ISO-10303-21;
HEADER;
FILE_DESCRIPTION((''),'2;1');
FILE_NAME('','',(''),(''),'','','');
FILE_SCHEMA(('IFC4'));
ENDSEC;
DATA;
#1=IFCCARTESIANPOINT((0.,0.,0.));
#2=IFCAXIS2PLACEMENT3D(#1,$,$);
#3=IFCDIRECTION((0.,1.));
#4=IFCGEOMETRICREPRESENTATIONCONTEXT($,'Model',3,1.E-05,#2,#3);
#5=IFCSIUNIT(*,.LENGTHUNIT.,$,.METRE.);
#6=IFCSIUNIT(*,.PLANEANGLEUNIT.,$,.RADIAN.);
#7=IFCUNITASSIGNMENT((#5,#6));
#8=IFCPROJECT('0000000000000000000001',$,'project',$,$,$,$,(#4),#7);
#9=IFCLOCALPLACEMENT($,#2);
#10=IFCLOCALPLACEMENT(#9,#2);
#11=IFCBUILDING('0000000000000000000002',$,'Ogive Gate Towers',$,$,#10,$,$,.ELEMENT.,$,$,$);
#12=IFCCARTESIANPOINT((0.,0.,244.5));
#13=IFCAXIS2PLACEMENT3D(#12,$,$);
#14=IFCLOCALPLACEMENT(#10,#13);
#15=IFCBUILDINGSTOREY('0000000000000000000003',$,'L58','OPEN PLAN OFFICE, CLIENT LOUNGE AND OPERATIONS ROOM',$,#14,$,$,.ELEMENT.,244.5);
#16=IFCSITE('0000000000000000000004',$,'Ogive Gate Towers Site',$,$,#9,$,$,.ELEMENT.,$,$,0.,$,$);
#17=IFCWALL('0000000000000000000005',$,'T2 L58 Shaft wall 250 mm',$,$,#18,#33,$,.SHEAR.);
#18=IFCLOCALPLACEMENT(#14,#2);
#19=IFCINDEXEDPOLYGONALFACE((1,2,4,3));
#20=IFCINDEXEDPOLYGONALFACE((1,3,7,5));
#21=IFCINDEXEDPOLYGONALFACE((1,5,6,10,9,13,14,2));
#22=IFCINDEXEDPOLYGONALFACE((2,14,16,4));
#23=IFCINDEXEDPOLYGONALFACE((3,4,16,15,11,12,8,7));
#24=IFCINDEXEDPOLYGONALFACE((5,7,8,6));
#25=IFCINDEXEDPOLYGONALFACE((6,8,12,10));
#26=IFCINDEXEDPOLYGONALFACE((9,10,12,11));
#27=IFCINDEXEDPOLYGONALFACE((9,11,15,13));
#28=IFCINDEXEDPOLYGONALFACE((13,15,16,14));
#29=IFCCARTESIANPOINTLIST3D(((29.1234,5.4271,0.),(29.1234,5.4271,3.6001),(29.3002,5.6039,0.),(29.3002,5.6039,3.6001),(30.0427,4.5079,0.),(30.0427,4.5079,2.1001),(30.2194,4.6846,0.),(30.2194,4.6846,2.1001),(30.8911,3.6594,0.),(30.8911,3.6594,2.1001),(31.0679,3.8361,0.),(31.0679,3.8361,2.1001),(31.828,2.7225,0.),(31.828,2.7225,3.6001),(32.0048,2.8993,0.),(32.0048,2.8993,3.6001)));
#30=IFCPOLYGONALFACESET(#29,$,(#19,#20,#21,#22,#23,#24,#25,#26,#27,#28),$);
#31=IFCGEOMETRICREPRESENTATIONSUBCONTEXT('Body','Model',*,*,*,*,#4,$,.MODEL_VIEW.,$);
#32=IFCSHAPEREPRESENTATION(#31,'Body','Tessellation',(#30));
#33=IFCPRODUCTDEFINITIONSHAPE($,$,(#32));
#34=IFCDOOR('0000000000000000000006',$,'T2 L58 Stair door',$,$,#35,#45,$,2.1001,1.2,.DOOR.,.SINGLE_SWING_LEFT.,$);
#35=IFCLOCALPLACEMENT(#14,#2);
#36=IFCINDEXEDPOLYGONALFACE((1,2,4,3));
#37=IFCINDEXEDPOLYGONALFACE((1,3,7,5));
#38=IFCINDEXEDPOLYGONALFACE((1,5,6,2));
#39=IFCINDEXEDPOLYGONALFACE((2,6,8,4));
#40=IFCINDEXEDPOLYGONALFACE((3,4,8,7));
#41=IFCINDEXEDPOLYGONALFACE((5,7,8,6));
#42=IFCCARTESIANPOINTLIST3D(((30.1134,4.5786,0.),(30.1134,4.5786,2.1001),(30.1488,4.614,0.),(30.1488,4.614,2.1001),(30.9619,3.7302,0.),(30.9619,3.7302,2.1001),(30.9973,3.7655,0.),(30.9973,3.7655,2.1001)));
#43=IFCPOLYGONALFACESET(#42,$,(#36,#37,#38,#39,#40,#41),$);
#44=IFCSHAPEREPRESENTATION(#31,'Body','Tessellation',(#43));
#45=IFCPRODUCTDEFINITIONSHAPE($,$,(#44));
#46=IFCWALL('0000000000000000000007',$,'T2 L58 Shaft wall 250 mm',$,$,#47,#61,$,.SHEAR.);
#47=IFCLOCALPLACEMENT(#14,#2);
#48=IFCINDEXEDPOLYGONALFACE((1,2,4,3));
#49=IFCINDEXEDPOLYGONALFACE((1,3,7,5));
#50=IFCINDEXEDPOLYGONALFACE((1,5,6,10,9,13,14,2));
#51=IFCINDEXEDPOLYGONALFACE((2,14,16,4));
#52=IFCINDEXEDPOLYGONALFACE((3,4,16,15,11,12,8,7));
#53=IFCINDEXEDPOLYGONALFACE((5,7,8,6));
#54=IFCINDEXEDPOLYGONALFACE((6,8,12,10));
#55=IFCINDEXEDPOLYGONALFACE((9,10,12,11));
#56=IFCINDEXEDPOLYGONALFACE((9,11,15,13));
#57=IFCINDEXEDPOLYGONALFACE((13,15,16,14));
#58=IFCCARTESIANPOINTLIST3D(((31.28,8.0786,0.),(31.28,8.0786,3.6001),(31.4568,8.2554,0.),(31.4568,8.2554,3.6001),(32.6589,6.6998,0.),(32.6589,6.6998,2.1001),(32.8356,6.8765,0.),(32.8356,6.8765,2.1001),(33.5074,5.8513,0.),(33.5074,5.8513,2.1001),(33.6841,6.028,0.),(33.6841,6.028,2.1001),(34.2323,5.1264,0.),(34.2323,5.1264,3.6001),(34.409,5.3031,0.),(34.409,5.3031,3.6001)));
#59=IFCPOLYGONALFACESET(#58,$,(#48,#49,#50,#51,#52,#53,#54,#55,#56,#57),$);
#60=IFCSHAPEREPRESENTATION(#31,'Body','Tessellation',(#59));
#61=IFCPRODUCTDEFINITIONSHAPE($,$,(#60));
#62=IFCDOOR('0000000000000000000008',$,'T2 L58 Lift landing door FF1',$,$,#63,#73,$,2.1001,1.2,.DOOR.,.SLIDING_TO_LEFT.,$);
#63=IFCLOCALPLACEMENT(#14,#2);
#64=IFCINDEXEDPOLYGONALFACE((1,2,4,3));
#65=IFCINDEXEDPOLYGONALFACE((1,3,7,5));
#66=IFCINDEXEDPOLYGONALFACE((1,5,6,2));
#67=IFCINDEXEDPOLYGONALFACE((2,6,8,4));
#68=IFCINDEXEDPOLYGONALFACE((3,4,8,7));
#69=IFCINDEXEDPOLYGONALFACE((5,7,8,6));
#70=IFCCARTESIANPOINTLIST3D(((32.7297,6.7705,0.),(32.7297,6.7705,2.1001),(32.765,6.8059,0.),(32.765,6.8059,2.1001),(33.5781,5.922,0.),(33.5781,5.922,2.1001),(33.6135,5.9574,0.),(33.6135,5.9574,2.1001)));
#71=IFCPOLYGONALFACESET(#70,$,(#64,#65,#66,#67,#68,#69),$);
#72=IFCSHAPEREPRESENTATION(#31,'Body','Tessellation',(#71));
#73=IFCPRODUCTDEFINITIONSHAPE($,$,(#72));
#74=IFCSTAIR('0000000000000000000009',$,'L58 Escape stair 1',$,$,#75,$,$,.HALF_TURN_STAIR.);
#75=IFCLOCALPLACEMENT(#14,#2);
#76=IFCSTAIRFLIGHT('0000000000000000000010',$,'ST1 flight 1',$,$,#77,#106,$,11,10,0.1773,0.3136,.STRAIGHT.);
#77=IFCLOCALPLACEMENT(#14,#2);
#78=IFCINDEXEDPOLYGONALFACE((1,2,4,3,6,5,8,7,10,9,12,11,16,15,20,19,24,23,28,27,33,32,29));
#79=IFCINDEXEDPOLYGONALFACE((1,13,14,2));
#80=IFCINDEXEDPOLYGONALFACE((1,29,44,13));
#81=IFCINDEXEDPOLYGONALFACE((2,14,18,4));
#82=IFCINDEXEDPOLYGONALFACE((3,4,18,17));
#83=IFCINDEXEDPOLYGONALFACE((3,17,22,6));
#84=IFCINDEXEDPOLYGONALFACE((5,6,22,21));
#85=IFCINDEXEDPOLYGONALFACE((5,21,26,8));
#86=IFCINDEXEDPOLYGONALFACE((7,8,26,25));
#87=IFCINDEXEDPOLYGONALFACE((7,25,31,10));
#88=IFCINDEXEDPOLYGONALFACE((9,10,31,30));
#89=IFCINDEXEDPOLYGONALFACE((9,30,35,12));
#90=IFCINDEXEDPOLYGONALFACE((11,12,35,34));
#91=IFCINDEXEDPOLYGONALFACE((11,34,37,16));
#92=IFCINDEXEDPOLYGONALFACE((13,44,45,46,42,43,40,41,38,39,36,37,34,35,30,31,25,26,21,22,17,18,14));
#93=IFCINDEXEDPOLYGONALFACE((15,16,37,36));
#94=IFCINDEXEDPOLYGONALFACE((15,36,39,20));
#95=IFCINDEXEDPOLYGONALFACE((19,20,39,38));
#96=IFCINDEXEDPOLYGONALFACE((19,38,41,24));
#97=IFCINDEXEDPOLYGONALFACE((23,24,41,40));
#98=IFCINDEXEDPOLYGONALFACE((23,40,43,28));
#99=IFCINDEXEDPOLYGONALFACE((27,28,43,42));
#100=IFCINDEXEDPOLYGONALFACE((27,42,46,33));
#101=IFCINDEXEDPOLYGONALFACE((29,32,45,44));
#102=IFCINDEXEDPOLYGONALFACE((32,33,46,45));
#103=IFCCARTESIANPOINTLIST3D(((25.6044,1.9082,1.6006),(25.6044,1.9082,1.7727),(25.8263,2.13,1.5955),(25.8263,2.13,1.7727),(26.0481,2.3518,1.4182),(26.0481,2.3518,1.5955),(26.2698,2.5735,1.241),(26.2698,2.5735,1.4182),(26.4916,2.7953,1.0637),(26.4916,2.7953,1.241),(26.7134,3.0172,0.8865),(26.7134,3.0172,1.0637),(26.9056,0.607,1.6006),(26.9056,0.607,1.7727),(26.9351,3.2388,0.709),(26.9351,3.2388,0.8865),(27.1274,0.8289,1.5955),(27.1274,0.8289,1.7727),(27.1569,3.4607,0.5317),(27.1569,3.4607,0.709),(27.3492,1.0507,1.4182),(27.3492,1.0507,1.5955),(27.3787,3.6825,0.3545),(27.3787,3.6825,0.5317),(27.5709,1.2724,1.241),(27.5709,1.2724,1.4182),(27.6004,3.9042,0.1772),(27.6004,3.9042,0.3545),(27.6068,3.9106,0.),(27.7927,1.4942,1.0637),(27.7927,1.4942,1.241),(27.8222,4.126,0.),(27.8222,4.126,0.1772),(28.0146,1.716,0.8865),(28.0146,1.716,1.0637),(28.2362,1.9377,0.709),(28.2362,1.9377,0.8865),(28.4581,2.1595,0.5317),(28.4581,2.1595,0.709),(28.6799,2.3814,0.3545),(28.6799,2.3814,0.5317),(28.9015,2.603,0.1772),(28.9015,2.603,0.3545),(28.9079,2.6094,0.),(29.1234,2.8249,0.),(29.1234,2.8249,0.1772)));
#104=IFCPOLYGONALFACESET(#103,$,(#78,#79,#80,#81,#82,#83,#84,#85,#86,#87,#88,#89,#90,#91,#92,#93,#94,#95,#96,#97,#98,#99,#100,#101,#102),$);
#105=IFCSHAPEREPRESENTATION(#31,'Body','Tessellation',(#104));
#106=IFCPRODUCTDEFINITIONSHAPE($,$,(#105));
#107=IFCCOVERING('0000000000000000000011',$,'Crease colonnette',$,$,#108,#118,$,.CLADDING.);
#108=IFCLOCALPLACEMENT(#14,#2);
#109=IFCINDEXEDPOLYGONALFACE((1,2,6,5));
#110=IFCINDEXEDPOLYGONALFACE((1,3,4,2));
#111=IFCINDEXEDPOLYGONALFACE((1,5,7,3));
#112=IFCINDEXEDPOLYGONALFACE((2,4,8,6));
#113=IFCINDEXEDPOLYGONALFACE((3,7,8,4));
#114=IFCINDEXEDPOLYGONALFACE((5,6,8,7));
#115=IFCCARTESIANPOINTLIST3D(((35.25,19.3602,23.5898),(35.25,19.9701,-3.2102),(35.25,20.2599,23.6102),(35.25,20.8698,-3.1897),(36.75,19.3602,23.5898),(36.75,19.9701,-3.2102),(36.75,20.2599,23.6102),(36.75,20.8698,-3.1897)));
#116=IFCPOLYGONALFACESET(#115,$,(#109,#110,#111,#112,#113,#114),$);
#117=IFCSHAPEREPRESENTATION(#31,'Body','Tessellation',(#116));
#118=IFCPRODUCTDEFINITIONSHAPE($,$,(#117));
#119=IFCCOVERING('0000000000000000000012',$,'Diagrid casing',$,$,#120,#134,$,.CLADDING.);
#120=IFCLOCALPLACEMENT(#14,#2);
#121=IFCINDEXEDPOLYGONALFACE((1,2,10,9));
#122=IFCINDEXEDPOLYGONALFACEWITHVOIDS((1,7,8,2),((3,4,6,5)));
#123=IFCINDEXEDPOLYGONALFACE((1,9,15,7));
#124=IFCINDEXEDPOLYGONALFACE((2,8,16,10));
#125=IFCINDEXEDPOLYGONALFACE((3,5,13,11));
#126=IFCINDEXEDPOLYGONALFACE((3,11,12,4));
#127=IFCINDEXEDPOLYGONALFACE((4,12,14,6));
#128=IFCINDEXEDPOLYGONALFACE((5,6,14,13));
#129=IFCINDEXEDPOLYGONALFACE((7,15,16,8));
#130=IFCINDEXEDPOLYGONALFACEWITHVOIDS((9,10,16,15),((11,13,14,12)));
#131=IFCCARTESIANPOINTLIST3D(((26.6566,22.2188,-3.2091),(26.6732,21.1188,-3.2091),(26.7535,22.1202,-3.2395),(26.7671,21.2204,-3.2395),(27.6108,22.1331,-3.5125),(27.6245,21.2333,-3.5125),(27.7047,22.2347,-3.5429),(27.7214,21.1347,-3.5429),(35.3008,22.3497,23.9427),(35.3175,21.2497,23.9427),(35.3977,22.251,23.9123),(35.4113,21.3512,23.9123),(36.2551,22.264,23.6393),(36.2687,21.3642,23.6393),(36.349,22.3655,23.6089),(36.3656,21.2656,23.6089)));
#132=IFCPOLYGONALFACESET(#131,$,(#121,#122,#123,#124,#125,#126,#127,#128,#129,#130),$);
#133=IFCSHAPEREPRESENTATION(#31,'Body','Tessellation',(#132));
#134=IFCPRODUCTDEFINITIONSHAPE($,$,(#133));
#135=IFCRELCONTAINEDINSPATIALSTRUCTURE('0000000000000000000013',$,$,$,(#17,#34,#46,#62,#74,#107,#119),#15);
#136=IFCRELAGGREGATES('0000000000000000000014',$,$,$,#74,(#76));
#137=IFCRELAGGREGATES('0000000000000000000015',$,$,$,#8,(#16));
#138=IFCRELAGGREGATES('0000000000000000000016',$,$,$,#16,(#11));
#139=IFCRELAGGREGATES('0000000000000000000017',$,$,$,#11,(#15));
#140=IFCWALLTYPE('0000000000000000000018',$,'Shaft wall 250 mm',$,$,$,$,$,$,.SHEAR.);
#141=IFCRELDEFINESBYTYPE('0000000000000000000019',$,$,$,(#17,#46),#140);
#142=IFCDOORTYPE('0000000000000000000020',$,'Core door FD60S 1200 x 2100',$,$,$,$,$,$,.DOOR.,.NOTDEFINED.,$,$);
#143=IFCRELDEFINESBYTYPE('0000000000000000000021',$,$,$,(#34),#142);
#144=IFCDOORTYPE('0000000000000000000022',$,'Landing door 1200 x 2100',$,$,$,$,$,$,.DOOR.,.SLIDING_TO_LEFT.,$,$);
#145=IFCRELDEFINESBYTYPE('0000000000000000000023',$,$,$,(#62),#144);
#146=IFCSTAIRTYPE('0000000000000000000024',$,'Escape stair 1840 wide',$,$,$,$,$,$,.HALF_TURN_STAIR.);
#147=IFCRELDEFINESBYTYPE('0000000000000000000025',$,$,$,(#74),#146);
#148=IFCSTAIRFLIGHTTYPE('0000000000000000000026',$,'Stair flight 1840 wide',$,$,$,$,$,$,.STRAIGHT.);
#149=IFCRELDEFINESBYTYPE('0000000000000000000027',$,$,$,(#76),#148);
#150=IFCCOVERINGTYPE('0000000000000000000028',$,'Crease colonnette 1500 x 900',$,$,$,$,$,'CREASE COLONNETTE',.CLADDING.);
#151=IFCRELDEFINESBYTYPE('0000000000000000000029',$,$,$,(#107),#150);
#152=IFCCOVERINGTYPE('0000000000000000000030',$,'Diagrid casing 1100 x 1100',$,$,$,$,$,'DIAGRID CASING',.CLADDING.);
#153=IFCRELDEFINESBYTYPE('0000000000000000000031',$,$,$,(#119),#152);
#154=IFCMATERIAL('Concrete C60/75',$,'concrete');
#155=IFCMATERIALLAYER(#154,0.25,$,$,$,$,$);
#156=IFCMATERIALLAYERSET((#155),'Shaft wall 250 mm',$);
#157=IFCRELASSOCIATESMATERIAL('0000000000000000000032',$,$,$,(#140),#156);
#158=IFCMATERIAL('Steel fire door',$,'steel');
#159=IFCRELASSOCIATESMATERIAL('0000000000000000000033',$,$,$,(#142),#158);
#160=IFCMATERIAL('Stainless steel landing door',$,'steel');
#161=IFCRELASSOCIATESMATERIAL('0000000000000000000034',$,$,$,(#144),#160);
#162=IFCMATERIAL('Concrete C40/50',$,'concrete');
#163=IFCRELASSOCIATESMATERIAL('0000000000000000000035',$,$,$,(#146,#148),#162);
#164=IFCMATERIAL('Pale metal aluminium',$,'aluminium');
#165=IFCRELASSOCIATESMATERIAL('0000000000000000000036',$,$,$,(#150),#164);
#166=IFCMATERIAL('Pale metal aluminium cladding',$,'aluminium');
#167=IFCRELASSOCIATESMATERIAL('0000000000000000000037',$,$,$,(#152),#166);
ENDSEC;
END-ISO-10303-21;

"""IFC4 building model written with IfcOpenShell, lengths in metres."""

from ifc_helpers import new_model, si_unit, direction, frame, frame_2d, origin, origin_2d, place, context, subcontext, project, spatial, polyline, rectangle, hollow_rectangle, outline, extrude, material, layer, layer_set, material_profile, profile_set, type_object, element, fill, aggregate, save


model = new_model("IFC4")

# Units and contexts
model_context = context("Model", 3, precision=1e-05, world=origin(), true_north=direction((0.0, 1.0)))
body_context = subcontext(model_context, "Body", "Model", "MODEL_VIEW")
ifc_project = project(units=[si_unit("LENGTHUNIT", "METRE"), si_unit("PLANEANGLEUNIT", "RADIAN")], contexts=[model_context])

# Site, building, storey
site_placement = place(None, origin())
site = spatial("IfcSite", under=ifc_project, at=site_placement, Name="Ogive Gate Towers Site", CompositionType="ELEMENT", RefElevation=0.0)
building_placement = place(site_placement, origin())
building = spatial("IfcBuilding", under=site, at=building_placement, Name="Ogive Gate Towers", CompositionType="ELEMENT")
storey_placement = place(building_placement, frame((0.0, 0.0, 244.5)))
storey = spatial("IfcBuildingStorey", under=building, at=storey_placement, Name="L58", Description="OPEN PLAN OFFICE, CLIENT LOUNGE AND OPERATIONS ROOM", CompositionType="ELEMENT", Elevation=244.5)

# Shared definitions
ifc_material_1 = material(Name="Concrete C60/75", Category="concrete")
ifc_layer_1 = layer(ifc_material_1, 0.25)
ifc_layer_set_1 = layer_set([ifc_layer_1], Name="Shaft wall 250 mm")
wall_type_1 = type_object("IfcWallType", Name="Shaft wall 250 mm", PredefinedType="SHEAR", material=ifc_layer_set_1)

# Walls, openings, doors
wall_1_placement = place(storey_placement, frame((31.9165, 2.8108, 0.0), z_axis=(0.0, 0.0, 1.0), x_axis=(-0.707107, 0.707107, 0.0)))
wall_1 = element("IfcWall", 1, at=wall_1_placement, inside=storey, type_object=wall_type_1, Name="T2 L58 Shaft wall 250 mm", PredefinedType="SHEAR", context=body_context, shape_type="SweptSolid", body=[
    extrude(rectangle(XDim=3.825, YDim=0.25, at=frame_2d((1.9126, 0.0))), origin(), (0.0, 0.0, 1.0), 3.6001),
])
opening_1_placement = place(wall_1_placement, frame((1.325, 0.0, 0.0)))
opening_1 = element("IfcOpeningElement", 2, at=opening_1_placement, cuts=wall_1, PredefinedType="OPENING", context=body_context, shape_type="SweptSolid", body=[
    extrude(rectangle(XDim=1.2, YDim=2.1001, at=frame_2d((0.6001, 1.05))), frame((0.0, 0.135, 0.0), z_axis=(0.0, -1.0, 0.0), x_axis=(1.0, 0.0, 0.0)), (0.0, 0.0, 1.0), 0.27),
])
ifc_material_2 = material(Name="Steel fire door", Category="steel")
door_type_1 = type_object("IfcDoorType", Name="Core door FD60S 1200 x 2100", OperationType="NOTDEFINED", PredefinedType="DOOR", material=ifc_material_2)
door_1_placement = place(opening_1_placement, origin())
door_1 = element("IfcDoor", 3, at=door_1_placement, inside=storey, type_object=door_type_1, Name="T2 L58 Stair door", OperationType="SINGLE_SWING_LEFT", OverallHeight=2.1001, OverallWidth=1.2, PredefinedType="DOOR", context=body_context, shape_type="SweptSolid", body=[
    extrude(rectangle(XDim=1.2, YDim=2.1001, at=frame_2d((0.6001, 1.05))), frame((0.0, 0.0249, 0.0), z_axis=(0.0, -1.0, 0.0), x_axis=(1.0, 0.0, 0.0)), (0.0, 0.0, 1.0), 0.05),
])
fill(opening_1, door_1)
wall_2_placement = place(storey_placement, frame((34.3206, 5.2148, 0.0), z_axis=(0.0, 0.0, 1.0), x_axis=(-0.707107, 0.707107, 0.0)))
wall_2 = element("IfcWall", 4, at=wall_2_placement, inside=storey, type_object=wall_type_1, Name="T2 L58 Shaft wall 250 mm", PredefinedType="SHEAR", context=body_context, shape_type="SweptSolid", body=[
    extrude(rectangle(XDim=4.175, YDim=0.25, at=frame_2d((2.0874, 0.0))), origin(), (0.0, 0.0, 1.0), 3.6001),
])
opening_2_placement = place(wall_2_placement, frame((1.0249, 0.0, 0.0)))
opening_2 = element("IfcOpeningElement", 5, at=opening_2_placement, cuts=wall_2, PredefinedType="OPENING", context=body_context, shape_type="SweptSolid", body=[
    extrude(rectangle(XDim=1.2, YDim=2.1001, at=frame_2d((0.6001, 1.05))), frame((0.0, 0.135, 0.0), z_axis=(0.0, -1.0, 0.0), x_axis=(1.0, 0.0, 0.0)), (0.0, 0.0, 1.0), 0.27),
])
ifc_material_3 = material(Name="Stainless steel landing door", Category="steel")
door_type_2 = type_object("IfcDoorType", Name="Landing door 1200 x 2100", OperationType="SLIDING_TO_LEFT", PredefinedType="DOOR", material=ifc_material_3)
door_2_placement = place(opening_2_placement, origin())
door_2 = element("IfcDoor", 6, at=door_2_placement, inside=storey, type_object=door_type_2, Name="T2 L58 Lift landing door FF1", OperationType="SLIDING_TO_LEFT", OverallHeight=2.1001, OverallWidth=1.2, PredefinedType="DOOR", context=body_context, shape_type="SweptSolid", body=[
    extrude(rectangle(XDim=1.2, YDim=2.1001, at=frame_2d((0.6001, 1.05))), frame((0.0, 0.0249, 0.0), z_axis=(0.0, -1.0, 0.0), x_axis=(1.0, 0.0, 0.0)), (0.0, 0.0, 1.0), 0.05),
])
fill(opening_2, door_2)

# Stair, stair flight
ifc_material_4 = material(Name="Concrete C40/50", Category="concrete")
stair_type = type_object("IfcStairType", Name="Escape stair 1840 wide", PredefinedType="HALF_TURN_STAIR", material=ifc_material_4)
stair_placement = place(storey_placement, origin())
stair = element("IfcStair", 7, at=stair_placement, inside=storey, type_object=stair_type, Name="L58 Escape stair 1", PredefinedType="HALF_TURN_STAIR")
stair_flight_type = type_object("IfcStairFlightType", Name="Stair flight 1840 wide", PredefinedType="STRAIGHT", material=ifc_material_4)
stair_flight_placement = place(storey_placement, frame((28.4729, 3.4753, 0.0), z_axis=(0.0, 0.0, 1.0), x_axis=(-0.707107, -0.707107, 0.0)))
stair_flight = element("IfcStairFlight", 8, at=stair_flight_placement, type_object=stair_flight_type, Name="ST1 flight 1", NumberOfRisers=11, NumberOfTreads=10, PredefinedType="STRAIGHT", RiserHeight=0.1773, TreadLength=0.3136, context=body_context, shape_type="SweptSolid", body=[
    extrude(outline(polyline([(0.0, 0.0), (0.0, 0.1772), (0.3137, 0.1772), (0.3137, 0.3545), (0.6272, 0.3545), (0.6272, 0.5317), (0.9409, 0.5317), (0.9409, 0.709), (1.2546, 0.709), (1.2546, 0.8865), (1.5681, 0.8865), (1.5681, 1.0637), (1.8818, 1.0637), (1.8818, 1.241), (2.1956, 1.241), (2.1956, 1.4182), (2.509, 1.4182), (2.509, 1.5955), (2.8228, 1.5955), (2.8228, 1.7727), (3.1365, 1.7727), (3.1365, 1.95), (3.1365, 1.6006), (0.3047, 0.0), (0.0, 0.0)])), frame((0.0, 0.9199, 0.0), z_axis=(0.0, -1.0, 0.0), x_axis=(1.0, 0.0, 0.0)), (0.0, 0.0, 1.0), 1.8401),
])
aggregate(stair, [stair_flight])

# Coverings
ifc_material_5 = material(Name="Pale metal aluminium", Category="aluminium")
ifc_material_profile_1 = material_profile(ifc_material_5, rectangle(XDim=1.5, YDim=0.8999, at=origin_2d()), Name="1500 x 900 pale metal aluminium")
ifc_profile_set_1 = profile_set([ifc_material_profile_1], Name="Pale metal aluminium")
covering_type_1 = type_object("IfcCoveringType", Name="Crease colonnette 1500 x 900", ElementType="CREASE COLONNETTE", PredefinedType="CLADDING", material=ifc_profile_set_1)
covering_1_placement = place(storey_placement, frame((36.0, 20.4199, -3.2), z_axis=(0.0, -0.02275, 0.999741), x_axis=(1.0, 0.0, 0.0)))
element("IfcCovering", 9, at=covering_1_placement, inside=storey, type_object=covering_type_1, Name="Crease colonnette", PredefinedType="CLADDING", context=body_context, shape_type="SweptSolid", body=[
    extrude(rectangle(XDim=1.5, YDim=0.8999, at=origin_2d()), origin(), (0.0, 0.0, 1.0), 26.8069),
])
ifc_material_6 = material(Name="Pale metal aluminium cladding", Category="aluminium")
ifc_material_profile_2 = material_profile(ifc_material_6, hollow_rectangle(XDim=1.1001, YDim=1.1001, WallThickness=0.1001, at=origin_2d()), Name="1100 x 1100 pale metal casing")
ifc_profile_set_2 = profile_set([ifc_material_profile_2], Name="Pale metal aluminium cladding")
covering_type_2 = type_object("IfcCoveringType", Name="Diagrid casing 1100 x 1100", ElementType="DIAGRID CASING", PredefinedType="CLADDING", material=ifc_profile_set_2)
covering_2_placement = place(storey_placement, frame((27.189, 21.6768, -3.376), z_axis=(0.303362, 0.004592, 0.952864), x_axis=(-0.015137, 0.999885, 0.0)))
element("IfcCovering", 10, at=covering_2_placement, inside=storey, type_object=covering_type_2, Name="Diagrid casing", PredefinedType="CLADDING", context=body_context, shape_type="SweptSolid", body=[
    extrude(hollow_rectangle(XDim=1.1001, YDim=1.1001, WallThickness=0.1001, at=origin_2d()), origin(), (0.0, 0.0, 1.0), 28.4949),
])

save(model, "model.ifc")
